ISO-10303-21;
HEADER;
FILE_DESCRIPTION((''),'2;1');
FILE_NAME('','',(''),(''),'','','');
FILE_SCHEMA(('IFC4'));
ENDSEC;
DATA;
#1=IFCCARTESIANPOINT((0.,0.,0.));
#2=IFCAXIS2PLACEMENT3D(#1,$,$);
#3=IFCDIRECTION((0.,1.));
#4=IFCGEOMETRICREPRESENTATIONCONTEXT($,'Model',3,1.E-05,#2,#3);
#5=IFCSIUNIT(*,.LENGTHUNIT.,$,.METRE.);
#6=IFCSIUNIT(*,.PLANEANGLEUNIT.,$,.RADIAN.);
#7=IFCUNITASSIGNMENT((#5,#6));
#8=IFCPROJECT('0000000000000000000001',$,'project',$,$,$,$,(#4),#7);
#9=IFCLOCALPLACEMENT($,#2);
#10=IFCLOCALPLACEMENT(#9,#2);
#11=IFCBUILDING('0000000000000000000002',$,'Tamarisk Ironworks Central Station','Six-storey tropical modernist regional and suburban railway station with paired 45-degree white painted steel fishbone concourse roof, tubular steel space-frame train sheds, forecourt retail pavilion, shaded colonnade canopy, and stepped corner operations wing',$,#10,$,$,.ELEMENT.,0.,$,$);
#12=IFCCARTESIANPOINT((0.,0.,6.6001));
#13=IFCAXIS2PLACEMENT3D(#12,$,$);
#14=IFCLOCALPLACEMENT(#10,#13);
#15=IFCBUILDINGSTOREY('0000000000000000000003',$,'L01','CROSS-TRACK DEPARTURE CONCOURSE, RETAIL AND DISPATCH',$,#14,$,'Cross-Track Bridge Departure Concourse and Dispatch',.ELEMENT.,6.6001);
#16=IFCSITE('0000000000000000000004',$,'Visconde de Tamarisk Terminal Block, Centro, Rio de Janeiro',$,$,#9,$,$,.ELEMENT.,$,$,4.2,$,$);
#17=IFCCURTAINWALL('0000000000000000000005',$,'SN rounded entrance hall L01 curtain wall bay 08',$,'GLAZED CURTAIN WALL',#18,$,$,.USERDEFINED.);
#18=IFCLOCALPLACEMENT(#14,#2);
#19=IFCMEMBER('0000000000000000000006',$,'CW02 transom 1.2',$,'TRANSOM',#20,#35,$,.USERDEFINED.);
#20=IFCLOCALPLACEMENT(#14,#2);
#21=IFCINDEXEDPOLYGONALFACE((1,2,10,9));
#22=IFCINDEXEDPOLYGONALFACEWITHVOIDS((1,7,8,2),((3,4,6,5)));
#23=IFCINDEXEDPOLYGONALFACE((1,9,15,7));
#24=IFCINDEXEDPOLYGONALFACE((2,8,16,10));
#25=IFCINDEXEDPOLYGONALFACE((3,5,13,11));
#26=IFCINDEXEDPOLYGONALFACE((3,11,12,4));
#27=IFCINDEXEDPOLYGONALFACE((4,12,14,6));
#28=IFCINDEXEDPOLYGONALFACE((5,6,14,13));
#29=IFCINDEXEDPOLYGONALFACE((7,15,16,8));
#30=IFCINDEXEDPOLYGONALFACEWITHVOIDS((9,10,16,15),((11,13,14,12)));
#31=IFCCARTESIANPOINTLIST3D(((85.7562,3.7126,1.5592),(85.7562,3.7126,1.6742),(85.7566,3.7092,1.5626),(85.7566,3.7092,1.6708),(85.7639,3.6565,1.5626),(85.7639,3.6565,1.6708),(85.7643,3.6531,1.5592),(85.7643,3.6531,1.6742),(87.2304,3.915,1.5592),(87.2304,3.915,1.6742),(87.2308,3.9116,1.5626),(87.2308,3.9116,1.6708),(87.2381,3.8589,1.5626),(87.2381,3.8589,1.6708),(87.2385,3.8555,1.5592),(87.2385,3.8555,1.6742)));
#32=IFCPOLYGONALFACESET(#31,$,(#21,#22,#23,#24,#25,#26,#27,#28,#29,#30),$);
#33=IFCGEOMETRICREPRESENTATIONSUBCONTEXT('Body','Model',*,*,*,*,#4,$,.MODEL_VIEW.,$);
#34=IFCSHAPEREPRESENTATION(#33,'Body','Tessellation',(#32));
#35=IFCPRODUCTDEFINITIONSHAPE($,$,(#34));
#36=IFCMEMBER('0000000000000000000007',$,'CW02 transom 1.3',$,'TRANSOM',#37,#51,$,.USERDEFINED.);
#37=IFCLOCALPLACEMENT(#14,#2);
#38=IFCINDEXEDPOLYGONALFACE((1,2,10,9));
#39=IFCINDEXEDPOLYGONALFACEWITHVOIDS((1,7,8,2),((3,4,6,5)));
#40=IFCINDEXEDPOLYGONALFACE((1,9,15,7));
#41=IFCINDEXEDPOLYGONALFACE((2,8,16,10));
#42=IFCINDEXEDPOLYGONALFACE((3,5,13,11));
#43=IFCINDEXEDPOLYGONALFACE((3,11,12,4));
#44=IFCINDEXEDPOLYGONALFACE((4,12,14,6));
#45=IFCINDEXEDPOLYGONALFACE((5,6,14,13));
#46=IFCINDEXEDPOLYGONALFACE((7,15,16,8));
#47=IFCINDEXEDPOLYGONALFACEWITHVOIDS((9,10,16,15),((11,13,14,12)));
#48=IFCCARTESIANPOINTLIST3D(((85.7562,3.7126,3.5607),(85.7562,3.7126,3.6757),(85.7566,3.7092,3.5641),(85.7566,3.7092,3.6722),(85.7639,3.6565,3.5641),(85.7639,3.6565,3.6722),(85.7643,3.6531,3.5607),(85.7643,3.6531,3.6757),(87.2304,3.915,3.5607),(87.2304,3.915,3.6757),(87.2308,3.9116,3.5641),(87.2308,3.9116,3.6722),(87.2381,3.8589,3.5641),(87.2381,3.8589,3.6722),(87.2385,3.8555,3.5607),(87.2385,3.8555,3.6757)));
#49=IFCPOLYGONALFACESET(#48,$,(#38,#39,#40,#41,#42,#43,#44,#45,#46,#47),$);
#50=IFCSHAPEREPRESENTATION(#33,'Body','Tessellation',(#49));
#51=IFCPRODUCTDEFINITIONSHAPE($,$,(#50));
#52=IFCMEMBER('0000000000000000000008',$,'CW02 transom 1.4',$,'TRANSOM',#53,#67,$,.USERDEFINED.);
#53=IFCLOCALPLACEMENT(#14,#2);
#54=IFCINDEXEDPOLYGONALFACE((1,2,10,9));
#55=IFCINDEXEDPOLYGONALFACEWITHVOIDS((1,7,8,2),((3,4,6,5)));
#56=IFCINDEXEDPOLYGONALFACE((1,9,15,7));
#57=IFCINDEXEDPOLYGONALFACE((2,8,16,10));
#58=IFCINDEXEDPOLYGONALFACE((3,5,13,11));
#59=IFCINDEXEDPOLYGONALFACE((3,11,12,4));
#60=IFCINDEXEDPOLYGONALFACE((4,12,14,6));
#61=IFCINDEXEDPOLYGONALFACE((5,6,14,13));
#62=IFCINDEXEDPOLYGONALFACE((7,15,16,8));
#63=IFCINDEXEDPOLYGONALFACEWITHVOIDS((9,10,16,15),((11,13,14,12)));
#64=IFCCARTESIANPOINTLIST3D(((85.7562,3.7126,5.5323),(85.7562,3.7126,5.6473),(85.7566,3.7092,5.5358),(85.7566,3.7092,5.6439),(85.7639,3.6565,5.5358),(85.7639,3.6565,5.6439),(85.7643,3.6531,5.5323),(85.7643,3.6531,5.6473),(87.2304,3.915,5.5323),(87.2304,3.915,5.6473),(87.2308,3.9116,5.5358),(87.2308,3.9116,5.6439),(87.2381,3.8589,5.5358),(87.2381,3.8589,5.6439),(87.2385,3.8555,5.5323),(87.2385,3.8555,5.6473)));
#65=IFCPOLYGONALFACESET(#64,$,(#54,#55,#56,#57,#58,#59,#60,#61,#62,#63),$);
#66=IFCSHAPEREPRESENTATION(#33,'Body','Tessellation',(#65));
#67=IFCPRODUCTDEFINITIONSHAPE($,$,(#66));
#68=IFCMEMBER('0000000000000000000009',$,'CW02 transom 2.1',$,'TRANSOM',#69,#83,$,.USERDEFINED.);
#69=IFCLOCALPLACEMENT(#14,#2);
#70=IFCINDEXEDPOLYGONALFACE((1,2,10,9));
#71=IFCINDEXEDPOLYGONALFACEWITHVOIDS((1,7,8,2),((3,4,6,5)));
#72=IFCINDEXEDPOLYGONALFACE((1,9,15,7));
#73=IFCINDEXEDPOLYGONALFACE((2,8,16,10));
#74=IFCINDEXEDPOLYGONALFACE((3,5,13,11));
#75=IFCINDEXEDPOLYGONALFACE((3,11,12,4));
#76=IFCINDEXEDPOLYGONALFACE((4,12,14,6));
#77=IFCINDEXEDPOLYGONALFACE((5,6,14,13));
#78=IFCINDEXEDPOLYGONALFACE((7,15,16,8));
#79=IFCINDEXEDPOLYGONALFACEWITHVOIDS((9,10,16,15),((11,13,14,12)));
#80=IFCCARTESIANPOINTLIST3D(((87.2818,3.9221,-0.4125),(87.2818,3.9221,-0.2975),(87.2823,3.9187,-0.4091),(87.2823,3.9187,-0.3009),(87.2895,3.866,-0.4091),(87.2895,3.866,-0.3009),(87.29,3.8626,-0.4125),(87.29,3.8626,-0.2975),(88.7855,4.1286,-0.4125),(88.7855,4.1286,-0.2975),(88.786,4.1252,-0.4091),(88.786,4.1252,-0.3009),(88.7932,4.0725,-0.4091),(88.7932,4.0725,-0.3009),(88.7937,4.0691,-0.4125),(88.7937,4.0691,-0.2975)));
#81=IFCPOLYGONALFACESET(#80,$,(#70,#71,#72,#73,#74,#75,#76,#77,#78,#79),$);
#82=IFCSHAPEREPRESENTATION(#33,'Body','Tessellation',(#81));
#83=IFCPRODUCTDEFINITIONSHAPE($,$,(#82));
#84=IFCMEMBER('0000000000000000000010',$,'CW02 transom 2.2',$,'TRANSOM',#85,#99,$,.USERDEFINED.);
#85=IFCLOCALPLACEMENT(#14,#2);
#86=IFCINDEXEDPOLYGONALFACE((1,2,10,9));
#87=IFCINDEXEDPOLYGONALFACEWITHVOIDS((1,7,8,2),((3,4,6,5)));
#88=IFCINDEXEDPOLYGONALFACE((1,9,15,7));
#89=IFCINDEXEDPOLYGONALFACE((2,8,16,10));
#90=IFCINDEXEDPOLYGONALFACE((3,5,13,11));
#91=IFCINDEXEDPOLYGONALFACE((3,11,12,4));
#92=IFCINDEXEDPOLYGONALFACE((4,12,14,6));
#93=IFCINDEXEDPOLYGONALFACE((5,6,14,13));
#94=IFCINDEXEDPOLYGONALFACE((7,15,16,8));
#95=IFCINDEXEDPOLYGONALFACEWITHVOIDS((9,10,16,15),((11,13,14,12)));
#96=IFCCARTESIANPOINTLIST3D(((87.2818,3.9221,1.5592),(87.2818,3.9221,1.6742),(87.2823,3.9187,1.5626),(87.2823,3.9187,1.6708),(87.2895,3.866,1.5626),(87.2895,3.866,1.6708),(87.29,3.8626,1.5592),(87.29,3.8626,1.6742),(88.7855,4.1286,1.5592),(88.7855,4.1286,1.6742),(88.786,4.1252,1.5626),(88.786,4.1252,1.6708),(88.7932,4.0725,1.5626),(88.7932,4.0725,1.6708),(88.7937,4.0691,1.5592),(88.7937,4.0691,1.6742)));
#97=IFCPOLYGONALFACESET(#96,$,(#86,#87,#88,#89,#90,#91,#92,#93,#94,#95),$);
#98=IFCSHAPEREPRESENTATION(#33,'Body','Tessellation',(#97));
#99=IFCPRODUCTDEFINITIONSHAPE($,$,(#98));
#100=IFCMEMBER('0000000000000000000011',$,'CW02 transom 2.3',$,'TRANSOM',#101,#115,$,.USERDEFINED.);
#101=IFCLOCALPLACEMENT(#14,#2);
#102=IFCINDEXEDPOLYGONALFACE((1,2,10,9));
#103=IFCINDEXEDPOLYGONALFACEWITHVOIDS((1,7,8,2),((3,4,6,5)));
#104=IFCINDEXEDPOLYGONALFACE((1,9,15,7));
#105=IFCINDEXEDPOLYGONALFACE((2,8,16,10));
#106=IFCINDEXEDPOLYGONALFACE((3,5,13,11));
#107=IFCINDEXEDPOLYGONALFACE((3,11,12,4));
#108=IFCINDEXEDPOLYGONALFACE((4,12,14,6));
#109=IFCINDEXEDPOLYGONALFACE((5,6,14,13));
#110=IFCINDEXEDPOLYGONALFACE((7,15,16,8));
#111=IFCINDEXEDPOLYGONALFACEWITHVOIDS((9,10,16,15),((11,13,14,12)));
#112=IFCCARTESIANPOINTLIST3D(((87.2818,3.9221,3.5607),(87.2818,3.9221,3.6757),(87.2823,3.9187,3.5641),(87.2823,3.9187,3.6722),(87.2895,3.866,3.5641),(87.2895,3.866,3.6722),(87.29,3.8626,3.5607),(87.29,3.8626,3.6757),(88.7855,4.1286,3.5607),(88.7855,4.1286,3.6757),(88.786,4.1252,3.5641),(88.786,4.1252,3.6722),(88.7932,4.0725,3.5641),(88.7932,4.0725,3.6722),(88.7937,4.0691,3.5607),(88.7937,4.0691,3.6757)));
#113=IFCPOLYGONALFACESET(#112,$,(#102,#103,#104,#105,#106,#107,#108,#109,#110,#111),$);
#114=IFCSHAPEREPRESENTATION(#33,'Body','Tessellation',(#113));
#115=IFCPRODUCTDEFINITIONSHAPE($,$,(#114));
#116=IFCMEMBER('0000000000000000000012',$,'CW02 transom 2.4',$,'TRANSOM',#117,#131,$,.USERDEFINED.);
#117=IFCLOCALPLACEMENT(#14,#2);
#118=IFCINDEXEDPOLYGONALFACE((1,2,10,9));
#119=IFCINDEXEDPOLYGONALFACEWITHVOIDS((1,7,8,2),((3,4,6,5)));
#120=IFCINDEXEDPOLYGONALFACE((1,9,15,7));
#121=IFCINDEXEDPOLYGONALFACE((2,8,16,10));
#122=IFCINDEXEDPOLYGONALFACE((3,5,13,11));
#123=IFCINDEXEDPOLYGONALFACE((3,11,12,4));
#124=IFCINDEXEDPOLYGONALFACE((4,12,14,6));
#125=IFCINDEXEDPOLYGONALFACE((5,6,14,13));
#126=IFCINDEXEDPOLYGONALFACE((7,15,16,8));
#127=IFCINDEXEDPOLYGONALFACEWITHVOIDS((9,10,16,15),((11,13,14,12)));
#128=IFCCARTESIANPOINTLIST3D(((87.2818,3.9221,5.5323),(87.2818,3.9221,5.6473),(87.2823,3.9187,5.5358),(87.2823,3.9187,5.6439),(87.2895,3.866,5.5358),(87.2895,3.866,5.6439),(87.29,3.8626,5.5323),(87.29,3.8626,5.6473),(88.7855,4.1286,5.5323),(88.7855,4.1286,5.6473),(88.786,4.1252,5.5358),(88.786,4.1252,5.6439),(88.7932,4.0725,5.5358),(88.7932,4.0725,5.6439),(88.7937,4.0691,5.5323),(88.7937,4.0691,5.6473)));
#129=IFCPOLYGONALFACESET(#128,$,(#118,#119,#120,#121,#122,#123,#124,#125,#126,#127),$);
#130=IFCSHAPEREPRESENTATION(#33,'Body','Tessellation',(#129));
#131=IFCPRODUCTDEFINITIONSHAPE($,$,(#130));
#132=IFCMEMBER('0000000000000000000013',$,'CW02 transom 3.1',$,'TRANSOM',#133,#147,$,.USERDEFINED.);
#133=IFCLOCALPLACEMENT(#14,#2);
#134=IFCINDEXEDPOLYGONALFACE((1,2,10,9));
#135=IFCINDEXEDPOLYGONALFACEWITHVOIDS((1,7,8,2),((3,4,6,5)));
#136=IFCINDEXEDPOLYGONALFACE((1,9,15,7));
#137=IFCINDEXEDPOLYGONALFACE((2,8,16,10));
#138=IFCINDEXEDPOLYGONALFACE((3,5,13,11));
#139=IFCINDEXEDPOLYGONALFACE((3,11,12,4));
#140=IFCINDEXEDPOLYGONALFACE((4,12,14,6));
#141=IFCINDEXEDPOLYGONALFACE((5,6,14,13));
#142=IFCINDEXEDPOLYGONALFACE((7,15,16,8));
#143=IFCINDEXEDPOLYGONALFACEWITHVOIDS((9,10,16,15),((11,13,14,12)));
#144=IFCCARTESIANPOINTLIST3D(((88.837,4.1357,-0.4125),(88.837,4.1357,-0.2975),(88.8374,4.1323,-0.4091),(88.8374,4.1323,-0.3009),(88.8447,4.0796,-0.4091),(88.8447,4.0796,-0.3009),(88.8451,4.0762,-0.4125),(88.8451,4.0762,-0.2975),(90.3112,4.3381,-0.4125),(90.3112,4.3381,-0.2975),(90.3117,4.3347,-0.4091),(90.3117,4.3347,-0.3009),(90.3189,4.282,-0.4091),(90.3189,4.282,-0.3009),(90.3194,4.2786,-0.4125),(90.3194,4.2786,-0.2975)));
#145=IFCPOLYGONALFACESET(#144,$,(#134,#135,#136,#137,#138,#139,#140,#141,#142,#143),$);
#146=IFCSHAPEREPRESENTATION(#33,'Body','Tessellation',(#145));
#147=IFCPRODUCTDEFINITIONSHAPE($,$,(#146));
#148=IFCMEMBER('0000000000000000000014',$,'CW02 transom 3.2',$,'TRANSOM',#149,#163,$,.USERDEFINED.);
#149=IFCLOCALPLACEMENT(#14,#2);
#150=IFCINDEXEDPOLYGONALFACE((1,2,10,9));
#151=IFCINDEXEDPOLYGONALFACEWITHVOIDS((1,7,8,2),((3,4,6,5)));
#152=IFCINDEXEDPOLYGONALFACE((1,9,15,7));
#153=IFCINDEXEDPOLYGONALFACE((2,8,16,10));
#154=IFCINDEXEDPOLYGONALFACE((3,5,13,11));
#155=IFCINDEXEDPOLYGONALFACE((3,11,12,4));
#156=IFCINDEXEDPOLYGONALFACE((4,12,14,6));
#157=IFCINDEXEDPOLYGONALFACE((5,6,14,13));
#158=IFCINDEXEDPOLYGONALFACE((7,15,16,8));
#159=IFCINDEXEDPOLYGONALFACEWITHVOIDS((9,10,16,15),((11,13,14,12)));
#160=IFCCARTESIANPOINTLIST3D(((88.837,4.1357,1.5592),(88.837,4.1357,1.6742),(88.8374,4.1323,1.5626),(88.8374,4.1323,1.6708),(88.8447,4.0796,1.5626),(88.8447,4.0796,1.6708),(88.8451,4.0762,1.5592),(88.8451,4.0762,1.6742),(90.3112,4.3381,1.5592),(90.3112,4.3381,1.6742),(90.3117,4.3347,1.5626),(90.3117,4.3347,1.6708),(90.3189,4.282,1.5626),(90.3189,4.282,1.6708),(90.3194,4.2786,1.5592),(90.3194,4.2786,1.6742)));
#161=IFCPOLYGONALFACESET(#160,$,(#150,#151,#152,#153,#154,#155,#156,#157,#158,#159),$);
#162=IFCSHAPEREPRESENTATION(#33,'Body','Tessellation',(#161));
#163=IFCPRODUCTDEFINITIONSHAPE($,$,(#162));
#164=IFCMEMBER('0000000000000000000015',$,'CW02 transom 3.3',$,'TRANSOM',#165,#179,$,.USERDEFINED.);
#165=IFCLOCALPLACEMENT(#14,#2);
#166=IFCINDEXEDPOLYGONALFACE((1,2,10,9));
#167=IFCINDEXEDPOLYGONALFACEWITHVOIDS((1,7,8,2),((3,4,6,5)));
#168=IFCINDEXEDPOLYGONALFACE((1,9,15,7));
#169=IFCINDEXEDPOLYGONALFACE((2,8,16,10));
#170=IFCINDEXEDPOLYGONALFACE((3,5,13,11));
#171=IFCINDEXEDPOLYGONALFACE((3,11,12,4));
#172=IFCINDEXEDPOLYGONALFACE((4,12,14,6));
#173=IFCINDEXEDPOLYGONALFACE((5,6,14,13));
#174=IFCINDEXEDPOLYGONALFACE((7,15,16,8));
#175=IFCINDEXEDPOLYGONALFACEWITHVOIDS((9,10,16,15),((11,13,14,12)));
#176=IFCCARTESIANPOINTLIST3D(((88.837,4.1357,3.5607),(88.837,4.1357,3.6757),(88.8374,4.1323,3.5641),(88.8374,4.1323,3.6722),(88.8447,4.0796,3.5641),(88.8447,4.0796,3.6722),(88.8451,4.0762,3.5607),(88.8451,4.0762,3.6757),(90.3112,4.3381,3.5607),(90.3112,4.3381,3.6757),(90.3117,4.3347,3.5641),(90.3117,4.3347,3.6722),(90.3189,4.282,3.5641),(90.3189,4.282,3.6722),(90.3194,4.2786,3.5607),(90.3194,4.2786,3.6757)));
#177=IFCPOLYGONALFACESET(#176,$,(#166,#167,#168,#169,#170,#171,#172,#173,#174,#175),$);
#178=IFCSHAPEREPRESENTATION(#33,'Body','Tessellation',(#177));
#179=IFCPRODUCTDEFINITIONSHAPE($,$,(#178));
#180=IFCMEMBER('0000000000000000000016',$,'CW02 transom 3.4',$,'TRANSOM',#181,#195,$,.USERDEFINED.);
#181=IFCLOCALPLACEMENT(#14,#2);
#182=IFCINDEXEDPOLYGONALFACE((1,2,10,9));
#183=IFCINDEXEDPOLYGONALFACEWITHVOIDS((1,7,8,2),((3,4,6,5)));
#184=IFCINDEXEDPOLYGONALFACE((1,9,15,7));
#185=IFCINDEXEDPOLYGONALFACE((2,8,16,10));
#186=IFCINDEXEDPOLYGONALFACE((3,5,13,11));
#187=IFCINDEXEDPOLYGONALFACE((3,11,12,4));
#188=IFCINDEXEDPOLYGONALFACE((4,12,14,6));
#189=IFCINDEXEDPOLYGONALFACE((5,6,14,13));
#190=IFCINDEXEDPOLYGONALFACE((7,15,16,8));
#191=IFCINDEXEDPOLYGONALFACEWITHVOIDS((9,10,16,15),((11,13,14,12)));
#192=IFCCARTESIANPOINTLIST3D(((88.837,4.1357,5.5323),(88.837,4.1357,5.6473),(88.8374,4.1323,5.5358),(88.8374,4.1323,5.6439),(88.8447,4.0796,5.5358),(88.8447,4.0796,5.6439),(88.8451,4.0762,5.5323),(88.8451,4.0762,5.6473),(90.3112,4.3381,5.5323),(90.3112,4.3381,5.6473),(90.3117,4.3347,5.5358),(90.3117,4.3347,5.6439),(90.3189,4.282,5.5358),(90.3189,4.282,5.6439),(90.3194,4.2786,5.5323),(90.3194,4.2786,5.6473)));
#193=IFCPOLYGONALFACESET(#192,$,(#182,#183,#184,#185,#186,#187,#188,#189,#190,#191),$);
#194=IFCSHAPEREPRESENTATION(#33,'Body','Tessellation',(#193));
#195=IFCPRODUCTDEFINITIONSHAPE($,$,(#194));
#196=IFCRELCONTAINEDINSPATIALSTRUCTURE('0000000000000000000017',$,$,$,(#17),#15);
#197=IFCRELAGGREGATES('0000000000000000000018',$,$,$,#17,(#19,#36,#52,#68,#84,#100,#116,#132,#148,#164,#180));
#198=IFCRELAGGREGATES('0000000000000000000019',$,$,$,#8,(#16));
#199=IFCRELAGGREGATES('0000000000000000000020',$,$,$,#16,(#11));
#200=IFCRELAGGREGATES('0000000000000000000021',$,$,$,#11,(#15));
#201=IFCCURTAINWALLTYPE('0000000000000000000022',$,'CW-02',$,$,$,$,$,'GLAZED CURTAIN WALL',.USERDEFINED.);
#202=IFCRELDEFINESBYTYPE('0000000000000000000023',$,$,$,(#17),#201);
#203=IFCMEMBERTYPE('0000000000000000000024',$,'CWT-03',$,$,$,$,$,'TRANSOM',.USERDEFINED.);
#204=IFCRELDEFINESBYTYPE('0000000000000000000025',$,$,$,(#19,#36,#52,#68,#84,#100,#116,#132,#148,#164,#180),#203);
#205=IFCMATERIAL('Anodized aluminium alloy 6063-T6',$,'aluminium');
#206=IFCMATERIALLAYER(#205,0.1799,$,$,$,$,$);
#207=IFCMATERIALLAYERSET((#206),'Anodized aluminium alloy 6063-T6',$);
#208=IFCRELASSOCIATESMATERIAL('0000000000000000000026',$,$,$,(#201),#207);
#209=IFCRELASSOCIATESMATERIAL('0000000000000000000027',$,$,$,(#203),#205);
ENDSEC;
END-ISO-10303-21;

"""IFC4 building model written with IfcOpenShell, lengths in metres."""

from ifc_helpers import new_model, si_unit, direction, frame, origin, origin_2d, place, context, subcontext, project, spatial, hollow_rectangle, extrude, material, layer, layer_set, material_profile, profile_set, type_object, element, aggregate, save


model = new_model("IFC4")

# Units and contexts
model_context = context("Model", 3, precision=1e-05, world=origin(), true_north=direction((0.0, 1.0)))
body_context = subcontext(model_context, "Body", "Model", "MODEL_VIEW")
ifc_project = project(units=[si_unit("LENGTHUNIT", "METRE"), si_unit("PLANEANGLEUNIT", "RADIAN")], contexts=[model_context])

# Site, building, storey
site_placement = place(None, origin())
site = spatial("IfcSite", under=ifc_project, at=site_placement, Name="Visconde de Tamarisk Terminal Block, Centro, Rio de Janeiro", CompositionType="ELEMENT", RefElevation=4.2)
building_placement = place(site_placement, origin())
building = spatial("IfcBuilding", under=site, at=building_placement, Name="Tamarisk Ironworks Central Station", Description="Six-storey tropical modernist regional and suburban railway station with paired 45-degree white painted steel fishbone concourse roof, tubular steel space-frame train sheds, forecourt retail pavilion, shaded colonnade canopy, and stepped corner operations wing", CompositionType="ELEMENT", ElevationOfRefHeight=0.0)
storey_placement = place(building_placement, frame((0.0, 0.0, 6.6001)))
storey = spatial("IfcBuildingStorey", under=building, at=storey_placement, Name="L01", Description="CROSS-TRACK DEPARTURE CONCOURSE, RETAIL AND DISPATCH", LongName="Cross-Track Bridge Departure Concourse and Dispatch", CompositionType="ELEMENT", Elevation=6.6001)

# Shared definitions
ifc_material_1 = material(Name="Anodized aluminium alloy 6063-T6", Category="aluminium")
ifc_layer_1 = layer(ifc_material_1, 0.1799)
ifc_layer_set_1 = layer_set([ifc_layer_1], Name="Anodized aluminium alloy 6063-T6")
curtain_wall_type = type_object("IfcCurtainWallType", Name="CW-02", ElementType="GLAZED CURTAIN WALL", PredefinedType="USERDEFINED", material=ifc_layer_set_1)

# Curtain wall, members
curtain_wall_1_placement = place(storey_placement, origin())
curtain_wall_1 = element("IfcCurtainWall", 1, at=curtain_wall_1_placement, inside=storey, type_object=curtain_wall_type, Name="SN rounded entrance hall L01 curtain wall bay 08", ObjectType="GLAZED CURTAIN WALL", PredefinedType="USERDEFINED")
ifc_material_profile_1 = material_profile(ifc_material_1, hollow_rectangle(XDim=0.0601, YDim=0.115, WallThickness=0.0034, at=origin_2d()), Name="ALUM 115x60")
ifc_profile_set_1 = profile_set([ifc_material_profile_1], Name="Anodized aluminium alloy 6063-T6")
member_type_1 = type_object("IfcMemberType", Name="CWT-03", ElementType="TRANSOM", PredefinedType="USERDEFINED", material=ifc_profile_set_1)
member_1_placement = place(storey_placement, frame((85.7603, 3.6829, 1.6167), z_axis=(0.990706, 0.136021, 0.0), x_axis=(-0.136021, 0.990706, 0.0)))
member_1 = element("IfcMember", 2, at=member_1_placement, type_object=member_type_1, Name="CW02 transom 1.2", ObjectType="TRANSOM", PredefinedType="USERDEFINED", context=body_context, shape_type="SweptSolid", body=[
    extrude(hollow_rectangle(XDim=0.0601, YDim=0.115, WallThickness=0.0034, at=origin_2d()), origin(), (0.0, 0.0, 1.0), 1.488),
])
member_2_placement = place(storey_placement, frame((85.7603, 3.6829, 3.6182), z_axis=(0.990706, 0.136021, 0.0), x_axis=(-0.136021, 0.990706, 0.0)))
member_2 = element("IfcMember", 3, at=member_2_placement, type_object=member_type_1, Name="CW02 transom 1.3", ObjectType="TRANSOM", PredefinedType="USERDEFINED", context=body_context, shape_type="SweptSolid", body=[
    extrude(hollow_rectangle(XDim=0.0601, YDim=0.115, WallThickness=0.0034, at=origin_2d()), origin(), (0.0, 0.0, 1.0), 1.488),
])
member_3_placement = place(storey_placement, frame((85.7603, 3.6829, 5.5898), z_axis=(0.990706, 0.136021, 0.0), x_axis=(-0.136021, 0.990706, 0.0)))
member_3 = element("IfcMember", 4, at=member_3_placement, type_object=member_type_1, Name="CW02 transom 1.4", ObjectType="TRANSOM", PredefinedType="USERDEFINED", context=body_context, shape_type="SweptSolid", body=[
    extrude(hollow_rectangle(XDim=0.0601, YDim=0.115, WallThickness=0.0034, at=origin_2d()), origin(), (0.0, 0.0, 1.0), 1.488),
])
member_4_placement = place(storey_placement, frame((87.2859, 3.8923, -0.355), z_axis=(0.990698, 0.136082, 0.0), x_axis=(-0.136082, 0.990698, 0.0)))
member_4 = element("IfcMember", 5, at=member_4_placement, type_object=member_type_1, Name="CW02 transom 2.1", ObjectType="TRANSOM", PredefinedType="USERDEFINED", context=body_context, shape_type="SweptSolid", body=[
    extrude(hollow_rectangle(XDim=0.0601, YDim=0.115, WallThickness=0.0034, at=origin_2d()), origin(), (0.0, 0.0, 1.0), 1.5178),
])
member_5_placement = place(storey_placement, frame((87.2859, 3.8923, 1.6167), z_axis=(0.990698, 0.136082, 0.0), x_axis=(-0.136082, 0.990698, 0.0)))
member_5 = element("IfcMember", 6, at=member_5_placement, type_object=member_type_1, Name="CW02 transom 2.2", ObjectType="TRANSOM", PredefinedType="USERDEFINED", context=body_context, shape_type="SweptSolid", body=[
    extrude(hollow_rectangle(XDim=0.0601, YDim=0.115, WallThickness=0.0034, at=origin_2d()), origin(), (0.0, 0.0, 1.0), 1.5178),
])
member_6_placement = place(storey_placement, frame((87.2859, 3.8923, 3.6182), z_axis=(0.990698, 0.136082, 0.0), x_axis=(-0.136082, 0.990698, 0.0)))
member_6 = element("IfcMember", 7, at=member_6_placement, type_object=member_type_1, Name="CW02 transom 2.3", ObjectType="TRANSOM", PredefinedType="USERDEFINED", context=body_context, shape_type="SweptSolid", body=[
    extrude(hollow_rectangle(XDim=0.0601, YDim=0.115, WallThickness=0.0034, at=origin_2d()), origin(), (0.0, 0.0, 1.0), 1.5178),
])
member_7_placement = place(storey_placement, frame((87.2859, 3.8923, 5.5898), z_axis=(0.990698, 0.136082, 0.0), x_axis=(-0.136082, 0.990698, 0.0)))
member_7 = element("IfcMember", 8, at=member_7_placement, type_object=member_type_1, Name="CW02 transom 2.4", ObjectType="TRANSOM", PredefinedType="USERDEFINED", context=body_context, shape_type="SweptSolid", body=[
    extrude(hollow_rectangle(XDim=0.0601, YDim=0.115, WallThickness=0.0034, at=origin_2d()), origin(), (0.0, 0.0, 1.0), 1.5178),
])
member_8_placement = place(storey_placement, frame((88.8411, 4.106, -0.355), z_axis=(0.990706, 0.136021, 0.0), x_axis=(-0.136021, 0.990706, 0.0)))
member_8 = element("IfcMember", 9, at=member_8_placement, type_object=member_type_1, Name="CW02 transom 3.1", ObjectType="TRANSOM", PredefinedType="USERDEFINED", context=body_context, shape_type="SweptSolid", body=[
    extrude(hollow_rectangle(XDim=0.0601, YDim=0.115, WallThickness=0.0034, at=origin_2d()), origin(), (0.0, 0.0, 1.0), 1.488),
])
member_9_placement = place(storey_placement, frame((88.8411, 4.106, 1.6167), z_axis=(0.990706, 0.136021, 0.0), x_axis=(-0.136021, 0.990706, 0.0)))
member_9 = element("IfcMember", 10, at=member_9_placement, type_object=member_type_1, Name="CW02 transom 3.2", ObjectType="TRANSOM", PredefinedType="USERDEFINED", context=body_context, shape_type="SweptSolid", body=[
    extrude(hollow_rectangle(XDim=0.0601, YDim=0.115, WallThickness=0.0034, at=origin_2d()), origin(), (0.0, 0.0, 1.0), 1.488),
])
member_10_placement = place(storey_placement, frame((88.8411, 4.106, 3.6182), z_axis=(0.990706, 0.136021, 0.0), x_axis=(-0.136021, 0.990706, 0.0)))
member_10 = element("IfcMember", 11, at=member_10_placement, type_object=member_type_1, Name="CW02 transom 3.3", ObjectType="TRANSOM", PredefinedType="USERDEFINED", context=body_context, shape_type="SweptSolid", body=[
    extrude(hollow_rectangle(XDim=0.0601, YDim=0.115, WallThickness=0.0034, at=origin_2d()), origin(), (0.0, 0.0, 1.0), 1.488),
])
member_11_placement = place(storey_placement, frame((88.8411, 4.106, 5.5898), z_axis=(0.990706, 0.136021, 0.0), x_axis=(-0.136021, 0.990706, 0.0)))
member_11 = element("IfcMember", 12, at=member_11_placement, type_object=member_type_1, Name="CW02 transom 3.4", ObjectType="TRANSOM", PredefinedType="USERDEFINED", context=body_context, shape_type="SweptSolid", body=[
    extrude(hollow_rectangle(XDim=0.0601, YDim=0.115, WallThickness=0.0034, at=origin_2d()), origin(), (0.0, 0.0, 1.0), 1.488),
])
aggregate(curtain_wall_1, [member_1, member_2, member_3, member_4, member_5, member_6, member_7, member_8, member_9, member_10, member_11])

save(model, "model.ifc")
